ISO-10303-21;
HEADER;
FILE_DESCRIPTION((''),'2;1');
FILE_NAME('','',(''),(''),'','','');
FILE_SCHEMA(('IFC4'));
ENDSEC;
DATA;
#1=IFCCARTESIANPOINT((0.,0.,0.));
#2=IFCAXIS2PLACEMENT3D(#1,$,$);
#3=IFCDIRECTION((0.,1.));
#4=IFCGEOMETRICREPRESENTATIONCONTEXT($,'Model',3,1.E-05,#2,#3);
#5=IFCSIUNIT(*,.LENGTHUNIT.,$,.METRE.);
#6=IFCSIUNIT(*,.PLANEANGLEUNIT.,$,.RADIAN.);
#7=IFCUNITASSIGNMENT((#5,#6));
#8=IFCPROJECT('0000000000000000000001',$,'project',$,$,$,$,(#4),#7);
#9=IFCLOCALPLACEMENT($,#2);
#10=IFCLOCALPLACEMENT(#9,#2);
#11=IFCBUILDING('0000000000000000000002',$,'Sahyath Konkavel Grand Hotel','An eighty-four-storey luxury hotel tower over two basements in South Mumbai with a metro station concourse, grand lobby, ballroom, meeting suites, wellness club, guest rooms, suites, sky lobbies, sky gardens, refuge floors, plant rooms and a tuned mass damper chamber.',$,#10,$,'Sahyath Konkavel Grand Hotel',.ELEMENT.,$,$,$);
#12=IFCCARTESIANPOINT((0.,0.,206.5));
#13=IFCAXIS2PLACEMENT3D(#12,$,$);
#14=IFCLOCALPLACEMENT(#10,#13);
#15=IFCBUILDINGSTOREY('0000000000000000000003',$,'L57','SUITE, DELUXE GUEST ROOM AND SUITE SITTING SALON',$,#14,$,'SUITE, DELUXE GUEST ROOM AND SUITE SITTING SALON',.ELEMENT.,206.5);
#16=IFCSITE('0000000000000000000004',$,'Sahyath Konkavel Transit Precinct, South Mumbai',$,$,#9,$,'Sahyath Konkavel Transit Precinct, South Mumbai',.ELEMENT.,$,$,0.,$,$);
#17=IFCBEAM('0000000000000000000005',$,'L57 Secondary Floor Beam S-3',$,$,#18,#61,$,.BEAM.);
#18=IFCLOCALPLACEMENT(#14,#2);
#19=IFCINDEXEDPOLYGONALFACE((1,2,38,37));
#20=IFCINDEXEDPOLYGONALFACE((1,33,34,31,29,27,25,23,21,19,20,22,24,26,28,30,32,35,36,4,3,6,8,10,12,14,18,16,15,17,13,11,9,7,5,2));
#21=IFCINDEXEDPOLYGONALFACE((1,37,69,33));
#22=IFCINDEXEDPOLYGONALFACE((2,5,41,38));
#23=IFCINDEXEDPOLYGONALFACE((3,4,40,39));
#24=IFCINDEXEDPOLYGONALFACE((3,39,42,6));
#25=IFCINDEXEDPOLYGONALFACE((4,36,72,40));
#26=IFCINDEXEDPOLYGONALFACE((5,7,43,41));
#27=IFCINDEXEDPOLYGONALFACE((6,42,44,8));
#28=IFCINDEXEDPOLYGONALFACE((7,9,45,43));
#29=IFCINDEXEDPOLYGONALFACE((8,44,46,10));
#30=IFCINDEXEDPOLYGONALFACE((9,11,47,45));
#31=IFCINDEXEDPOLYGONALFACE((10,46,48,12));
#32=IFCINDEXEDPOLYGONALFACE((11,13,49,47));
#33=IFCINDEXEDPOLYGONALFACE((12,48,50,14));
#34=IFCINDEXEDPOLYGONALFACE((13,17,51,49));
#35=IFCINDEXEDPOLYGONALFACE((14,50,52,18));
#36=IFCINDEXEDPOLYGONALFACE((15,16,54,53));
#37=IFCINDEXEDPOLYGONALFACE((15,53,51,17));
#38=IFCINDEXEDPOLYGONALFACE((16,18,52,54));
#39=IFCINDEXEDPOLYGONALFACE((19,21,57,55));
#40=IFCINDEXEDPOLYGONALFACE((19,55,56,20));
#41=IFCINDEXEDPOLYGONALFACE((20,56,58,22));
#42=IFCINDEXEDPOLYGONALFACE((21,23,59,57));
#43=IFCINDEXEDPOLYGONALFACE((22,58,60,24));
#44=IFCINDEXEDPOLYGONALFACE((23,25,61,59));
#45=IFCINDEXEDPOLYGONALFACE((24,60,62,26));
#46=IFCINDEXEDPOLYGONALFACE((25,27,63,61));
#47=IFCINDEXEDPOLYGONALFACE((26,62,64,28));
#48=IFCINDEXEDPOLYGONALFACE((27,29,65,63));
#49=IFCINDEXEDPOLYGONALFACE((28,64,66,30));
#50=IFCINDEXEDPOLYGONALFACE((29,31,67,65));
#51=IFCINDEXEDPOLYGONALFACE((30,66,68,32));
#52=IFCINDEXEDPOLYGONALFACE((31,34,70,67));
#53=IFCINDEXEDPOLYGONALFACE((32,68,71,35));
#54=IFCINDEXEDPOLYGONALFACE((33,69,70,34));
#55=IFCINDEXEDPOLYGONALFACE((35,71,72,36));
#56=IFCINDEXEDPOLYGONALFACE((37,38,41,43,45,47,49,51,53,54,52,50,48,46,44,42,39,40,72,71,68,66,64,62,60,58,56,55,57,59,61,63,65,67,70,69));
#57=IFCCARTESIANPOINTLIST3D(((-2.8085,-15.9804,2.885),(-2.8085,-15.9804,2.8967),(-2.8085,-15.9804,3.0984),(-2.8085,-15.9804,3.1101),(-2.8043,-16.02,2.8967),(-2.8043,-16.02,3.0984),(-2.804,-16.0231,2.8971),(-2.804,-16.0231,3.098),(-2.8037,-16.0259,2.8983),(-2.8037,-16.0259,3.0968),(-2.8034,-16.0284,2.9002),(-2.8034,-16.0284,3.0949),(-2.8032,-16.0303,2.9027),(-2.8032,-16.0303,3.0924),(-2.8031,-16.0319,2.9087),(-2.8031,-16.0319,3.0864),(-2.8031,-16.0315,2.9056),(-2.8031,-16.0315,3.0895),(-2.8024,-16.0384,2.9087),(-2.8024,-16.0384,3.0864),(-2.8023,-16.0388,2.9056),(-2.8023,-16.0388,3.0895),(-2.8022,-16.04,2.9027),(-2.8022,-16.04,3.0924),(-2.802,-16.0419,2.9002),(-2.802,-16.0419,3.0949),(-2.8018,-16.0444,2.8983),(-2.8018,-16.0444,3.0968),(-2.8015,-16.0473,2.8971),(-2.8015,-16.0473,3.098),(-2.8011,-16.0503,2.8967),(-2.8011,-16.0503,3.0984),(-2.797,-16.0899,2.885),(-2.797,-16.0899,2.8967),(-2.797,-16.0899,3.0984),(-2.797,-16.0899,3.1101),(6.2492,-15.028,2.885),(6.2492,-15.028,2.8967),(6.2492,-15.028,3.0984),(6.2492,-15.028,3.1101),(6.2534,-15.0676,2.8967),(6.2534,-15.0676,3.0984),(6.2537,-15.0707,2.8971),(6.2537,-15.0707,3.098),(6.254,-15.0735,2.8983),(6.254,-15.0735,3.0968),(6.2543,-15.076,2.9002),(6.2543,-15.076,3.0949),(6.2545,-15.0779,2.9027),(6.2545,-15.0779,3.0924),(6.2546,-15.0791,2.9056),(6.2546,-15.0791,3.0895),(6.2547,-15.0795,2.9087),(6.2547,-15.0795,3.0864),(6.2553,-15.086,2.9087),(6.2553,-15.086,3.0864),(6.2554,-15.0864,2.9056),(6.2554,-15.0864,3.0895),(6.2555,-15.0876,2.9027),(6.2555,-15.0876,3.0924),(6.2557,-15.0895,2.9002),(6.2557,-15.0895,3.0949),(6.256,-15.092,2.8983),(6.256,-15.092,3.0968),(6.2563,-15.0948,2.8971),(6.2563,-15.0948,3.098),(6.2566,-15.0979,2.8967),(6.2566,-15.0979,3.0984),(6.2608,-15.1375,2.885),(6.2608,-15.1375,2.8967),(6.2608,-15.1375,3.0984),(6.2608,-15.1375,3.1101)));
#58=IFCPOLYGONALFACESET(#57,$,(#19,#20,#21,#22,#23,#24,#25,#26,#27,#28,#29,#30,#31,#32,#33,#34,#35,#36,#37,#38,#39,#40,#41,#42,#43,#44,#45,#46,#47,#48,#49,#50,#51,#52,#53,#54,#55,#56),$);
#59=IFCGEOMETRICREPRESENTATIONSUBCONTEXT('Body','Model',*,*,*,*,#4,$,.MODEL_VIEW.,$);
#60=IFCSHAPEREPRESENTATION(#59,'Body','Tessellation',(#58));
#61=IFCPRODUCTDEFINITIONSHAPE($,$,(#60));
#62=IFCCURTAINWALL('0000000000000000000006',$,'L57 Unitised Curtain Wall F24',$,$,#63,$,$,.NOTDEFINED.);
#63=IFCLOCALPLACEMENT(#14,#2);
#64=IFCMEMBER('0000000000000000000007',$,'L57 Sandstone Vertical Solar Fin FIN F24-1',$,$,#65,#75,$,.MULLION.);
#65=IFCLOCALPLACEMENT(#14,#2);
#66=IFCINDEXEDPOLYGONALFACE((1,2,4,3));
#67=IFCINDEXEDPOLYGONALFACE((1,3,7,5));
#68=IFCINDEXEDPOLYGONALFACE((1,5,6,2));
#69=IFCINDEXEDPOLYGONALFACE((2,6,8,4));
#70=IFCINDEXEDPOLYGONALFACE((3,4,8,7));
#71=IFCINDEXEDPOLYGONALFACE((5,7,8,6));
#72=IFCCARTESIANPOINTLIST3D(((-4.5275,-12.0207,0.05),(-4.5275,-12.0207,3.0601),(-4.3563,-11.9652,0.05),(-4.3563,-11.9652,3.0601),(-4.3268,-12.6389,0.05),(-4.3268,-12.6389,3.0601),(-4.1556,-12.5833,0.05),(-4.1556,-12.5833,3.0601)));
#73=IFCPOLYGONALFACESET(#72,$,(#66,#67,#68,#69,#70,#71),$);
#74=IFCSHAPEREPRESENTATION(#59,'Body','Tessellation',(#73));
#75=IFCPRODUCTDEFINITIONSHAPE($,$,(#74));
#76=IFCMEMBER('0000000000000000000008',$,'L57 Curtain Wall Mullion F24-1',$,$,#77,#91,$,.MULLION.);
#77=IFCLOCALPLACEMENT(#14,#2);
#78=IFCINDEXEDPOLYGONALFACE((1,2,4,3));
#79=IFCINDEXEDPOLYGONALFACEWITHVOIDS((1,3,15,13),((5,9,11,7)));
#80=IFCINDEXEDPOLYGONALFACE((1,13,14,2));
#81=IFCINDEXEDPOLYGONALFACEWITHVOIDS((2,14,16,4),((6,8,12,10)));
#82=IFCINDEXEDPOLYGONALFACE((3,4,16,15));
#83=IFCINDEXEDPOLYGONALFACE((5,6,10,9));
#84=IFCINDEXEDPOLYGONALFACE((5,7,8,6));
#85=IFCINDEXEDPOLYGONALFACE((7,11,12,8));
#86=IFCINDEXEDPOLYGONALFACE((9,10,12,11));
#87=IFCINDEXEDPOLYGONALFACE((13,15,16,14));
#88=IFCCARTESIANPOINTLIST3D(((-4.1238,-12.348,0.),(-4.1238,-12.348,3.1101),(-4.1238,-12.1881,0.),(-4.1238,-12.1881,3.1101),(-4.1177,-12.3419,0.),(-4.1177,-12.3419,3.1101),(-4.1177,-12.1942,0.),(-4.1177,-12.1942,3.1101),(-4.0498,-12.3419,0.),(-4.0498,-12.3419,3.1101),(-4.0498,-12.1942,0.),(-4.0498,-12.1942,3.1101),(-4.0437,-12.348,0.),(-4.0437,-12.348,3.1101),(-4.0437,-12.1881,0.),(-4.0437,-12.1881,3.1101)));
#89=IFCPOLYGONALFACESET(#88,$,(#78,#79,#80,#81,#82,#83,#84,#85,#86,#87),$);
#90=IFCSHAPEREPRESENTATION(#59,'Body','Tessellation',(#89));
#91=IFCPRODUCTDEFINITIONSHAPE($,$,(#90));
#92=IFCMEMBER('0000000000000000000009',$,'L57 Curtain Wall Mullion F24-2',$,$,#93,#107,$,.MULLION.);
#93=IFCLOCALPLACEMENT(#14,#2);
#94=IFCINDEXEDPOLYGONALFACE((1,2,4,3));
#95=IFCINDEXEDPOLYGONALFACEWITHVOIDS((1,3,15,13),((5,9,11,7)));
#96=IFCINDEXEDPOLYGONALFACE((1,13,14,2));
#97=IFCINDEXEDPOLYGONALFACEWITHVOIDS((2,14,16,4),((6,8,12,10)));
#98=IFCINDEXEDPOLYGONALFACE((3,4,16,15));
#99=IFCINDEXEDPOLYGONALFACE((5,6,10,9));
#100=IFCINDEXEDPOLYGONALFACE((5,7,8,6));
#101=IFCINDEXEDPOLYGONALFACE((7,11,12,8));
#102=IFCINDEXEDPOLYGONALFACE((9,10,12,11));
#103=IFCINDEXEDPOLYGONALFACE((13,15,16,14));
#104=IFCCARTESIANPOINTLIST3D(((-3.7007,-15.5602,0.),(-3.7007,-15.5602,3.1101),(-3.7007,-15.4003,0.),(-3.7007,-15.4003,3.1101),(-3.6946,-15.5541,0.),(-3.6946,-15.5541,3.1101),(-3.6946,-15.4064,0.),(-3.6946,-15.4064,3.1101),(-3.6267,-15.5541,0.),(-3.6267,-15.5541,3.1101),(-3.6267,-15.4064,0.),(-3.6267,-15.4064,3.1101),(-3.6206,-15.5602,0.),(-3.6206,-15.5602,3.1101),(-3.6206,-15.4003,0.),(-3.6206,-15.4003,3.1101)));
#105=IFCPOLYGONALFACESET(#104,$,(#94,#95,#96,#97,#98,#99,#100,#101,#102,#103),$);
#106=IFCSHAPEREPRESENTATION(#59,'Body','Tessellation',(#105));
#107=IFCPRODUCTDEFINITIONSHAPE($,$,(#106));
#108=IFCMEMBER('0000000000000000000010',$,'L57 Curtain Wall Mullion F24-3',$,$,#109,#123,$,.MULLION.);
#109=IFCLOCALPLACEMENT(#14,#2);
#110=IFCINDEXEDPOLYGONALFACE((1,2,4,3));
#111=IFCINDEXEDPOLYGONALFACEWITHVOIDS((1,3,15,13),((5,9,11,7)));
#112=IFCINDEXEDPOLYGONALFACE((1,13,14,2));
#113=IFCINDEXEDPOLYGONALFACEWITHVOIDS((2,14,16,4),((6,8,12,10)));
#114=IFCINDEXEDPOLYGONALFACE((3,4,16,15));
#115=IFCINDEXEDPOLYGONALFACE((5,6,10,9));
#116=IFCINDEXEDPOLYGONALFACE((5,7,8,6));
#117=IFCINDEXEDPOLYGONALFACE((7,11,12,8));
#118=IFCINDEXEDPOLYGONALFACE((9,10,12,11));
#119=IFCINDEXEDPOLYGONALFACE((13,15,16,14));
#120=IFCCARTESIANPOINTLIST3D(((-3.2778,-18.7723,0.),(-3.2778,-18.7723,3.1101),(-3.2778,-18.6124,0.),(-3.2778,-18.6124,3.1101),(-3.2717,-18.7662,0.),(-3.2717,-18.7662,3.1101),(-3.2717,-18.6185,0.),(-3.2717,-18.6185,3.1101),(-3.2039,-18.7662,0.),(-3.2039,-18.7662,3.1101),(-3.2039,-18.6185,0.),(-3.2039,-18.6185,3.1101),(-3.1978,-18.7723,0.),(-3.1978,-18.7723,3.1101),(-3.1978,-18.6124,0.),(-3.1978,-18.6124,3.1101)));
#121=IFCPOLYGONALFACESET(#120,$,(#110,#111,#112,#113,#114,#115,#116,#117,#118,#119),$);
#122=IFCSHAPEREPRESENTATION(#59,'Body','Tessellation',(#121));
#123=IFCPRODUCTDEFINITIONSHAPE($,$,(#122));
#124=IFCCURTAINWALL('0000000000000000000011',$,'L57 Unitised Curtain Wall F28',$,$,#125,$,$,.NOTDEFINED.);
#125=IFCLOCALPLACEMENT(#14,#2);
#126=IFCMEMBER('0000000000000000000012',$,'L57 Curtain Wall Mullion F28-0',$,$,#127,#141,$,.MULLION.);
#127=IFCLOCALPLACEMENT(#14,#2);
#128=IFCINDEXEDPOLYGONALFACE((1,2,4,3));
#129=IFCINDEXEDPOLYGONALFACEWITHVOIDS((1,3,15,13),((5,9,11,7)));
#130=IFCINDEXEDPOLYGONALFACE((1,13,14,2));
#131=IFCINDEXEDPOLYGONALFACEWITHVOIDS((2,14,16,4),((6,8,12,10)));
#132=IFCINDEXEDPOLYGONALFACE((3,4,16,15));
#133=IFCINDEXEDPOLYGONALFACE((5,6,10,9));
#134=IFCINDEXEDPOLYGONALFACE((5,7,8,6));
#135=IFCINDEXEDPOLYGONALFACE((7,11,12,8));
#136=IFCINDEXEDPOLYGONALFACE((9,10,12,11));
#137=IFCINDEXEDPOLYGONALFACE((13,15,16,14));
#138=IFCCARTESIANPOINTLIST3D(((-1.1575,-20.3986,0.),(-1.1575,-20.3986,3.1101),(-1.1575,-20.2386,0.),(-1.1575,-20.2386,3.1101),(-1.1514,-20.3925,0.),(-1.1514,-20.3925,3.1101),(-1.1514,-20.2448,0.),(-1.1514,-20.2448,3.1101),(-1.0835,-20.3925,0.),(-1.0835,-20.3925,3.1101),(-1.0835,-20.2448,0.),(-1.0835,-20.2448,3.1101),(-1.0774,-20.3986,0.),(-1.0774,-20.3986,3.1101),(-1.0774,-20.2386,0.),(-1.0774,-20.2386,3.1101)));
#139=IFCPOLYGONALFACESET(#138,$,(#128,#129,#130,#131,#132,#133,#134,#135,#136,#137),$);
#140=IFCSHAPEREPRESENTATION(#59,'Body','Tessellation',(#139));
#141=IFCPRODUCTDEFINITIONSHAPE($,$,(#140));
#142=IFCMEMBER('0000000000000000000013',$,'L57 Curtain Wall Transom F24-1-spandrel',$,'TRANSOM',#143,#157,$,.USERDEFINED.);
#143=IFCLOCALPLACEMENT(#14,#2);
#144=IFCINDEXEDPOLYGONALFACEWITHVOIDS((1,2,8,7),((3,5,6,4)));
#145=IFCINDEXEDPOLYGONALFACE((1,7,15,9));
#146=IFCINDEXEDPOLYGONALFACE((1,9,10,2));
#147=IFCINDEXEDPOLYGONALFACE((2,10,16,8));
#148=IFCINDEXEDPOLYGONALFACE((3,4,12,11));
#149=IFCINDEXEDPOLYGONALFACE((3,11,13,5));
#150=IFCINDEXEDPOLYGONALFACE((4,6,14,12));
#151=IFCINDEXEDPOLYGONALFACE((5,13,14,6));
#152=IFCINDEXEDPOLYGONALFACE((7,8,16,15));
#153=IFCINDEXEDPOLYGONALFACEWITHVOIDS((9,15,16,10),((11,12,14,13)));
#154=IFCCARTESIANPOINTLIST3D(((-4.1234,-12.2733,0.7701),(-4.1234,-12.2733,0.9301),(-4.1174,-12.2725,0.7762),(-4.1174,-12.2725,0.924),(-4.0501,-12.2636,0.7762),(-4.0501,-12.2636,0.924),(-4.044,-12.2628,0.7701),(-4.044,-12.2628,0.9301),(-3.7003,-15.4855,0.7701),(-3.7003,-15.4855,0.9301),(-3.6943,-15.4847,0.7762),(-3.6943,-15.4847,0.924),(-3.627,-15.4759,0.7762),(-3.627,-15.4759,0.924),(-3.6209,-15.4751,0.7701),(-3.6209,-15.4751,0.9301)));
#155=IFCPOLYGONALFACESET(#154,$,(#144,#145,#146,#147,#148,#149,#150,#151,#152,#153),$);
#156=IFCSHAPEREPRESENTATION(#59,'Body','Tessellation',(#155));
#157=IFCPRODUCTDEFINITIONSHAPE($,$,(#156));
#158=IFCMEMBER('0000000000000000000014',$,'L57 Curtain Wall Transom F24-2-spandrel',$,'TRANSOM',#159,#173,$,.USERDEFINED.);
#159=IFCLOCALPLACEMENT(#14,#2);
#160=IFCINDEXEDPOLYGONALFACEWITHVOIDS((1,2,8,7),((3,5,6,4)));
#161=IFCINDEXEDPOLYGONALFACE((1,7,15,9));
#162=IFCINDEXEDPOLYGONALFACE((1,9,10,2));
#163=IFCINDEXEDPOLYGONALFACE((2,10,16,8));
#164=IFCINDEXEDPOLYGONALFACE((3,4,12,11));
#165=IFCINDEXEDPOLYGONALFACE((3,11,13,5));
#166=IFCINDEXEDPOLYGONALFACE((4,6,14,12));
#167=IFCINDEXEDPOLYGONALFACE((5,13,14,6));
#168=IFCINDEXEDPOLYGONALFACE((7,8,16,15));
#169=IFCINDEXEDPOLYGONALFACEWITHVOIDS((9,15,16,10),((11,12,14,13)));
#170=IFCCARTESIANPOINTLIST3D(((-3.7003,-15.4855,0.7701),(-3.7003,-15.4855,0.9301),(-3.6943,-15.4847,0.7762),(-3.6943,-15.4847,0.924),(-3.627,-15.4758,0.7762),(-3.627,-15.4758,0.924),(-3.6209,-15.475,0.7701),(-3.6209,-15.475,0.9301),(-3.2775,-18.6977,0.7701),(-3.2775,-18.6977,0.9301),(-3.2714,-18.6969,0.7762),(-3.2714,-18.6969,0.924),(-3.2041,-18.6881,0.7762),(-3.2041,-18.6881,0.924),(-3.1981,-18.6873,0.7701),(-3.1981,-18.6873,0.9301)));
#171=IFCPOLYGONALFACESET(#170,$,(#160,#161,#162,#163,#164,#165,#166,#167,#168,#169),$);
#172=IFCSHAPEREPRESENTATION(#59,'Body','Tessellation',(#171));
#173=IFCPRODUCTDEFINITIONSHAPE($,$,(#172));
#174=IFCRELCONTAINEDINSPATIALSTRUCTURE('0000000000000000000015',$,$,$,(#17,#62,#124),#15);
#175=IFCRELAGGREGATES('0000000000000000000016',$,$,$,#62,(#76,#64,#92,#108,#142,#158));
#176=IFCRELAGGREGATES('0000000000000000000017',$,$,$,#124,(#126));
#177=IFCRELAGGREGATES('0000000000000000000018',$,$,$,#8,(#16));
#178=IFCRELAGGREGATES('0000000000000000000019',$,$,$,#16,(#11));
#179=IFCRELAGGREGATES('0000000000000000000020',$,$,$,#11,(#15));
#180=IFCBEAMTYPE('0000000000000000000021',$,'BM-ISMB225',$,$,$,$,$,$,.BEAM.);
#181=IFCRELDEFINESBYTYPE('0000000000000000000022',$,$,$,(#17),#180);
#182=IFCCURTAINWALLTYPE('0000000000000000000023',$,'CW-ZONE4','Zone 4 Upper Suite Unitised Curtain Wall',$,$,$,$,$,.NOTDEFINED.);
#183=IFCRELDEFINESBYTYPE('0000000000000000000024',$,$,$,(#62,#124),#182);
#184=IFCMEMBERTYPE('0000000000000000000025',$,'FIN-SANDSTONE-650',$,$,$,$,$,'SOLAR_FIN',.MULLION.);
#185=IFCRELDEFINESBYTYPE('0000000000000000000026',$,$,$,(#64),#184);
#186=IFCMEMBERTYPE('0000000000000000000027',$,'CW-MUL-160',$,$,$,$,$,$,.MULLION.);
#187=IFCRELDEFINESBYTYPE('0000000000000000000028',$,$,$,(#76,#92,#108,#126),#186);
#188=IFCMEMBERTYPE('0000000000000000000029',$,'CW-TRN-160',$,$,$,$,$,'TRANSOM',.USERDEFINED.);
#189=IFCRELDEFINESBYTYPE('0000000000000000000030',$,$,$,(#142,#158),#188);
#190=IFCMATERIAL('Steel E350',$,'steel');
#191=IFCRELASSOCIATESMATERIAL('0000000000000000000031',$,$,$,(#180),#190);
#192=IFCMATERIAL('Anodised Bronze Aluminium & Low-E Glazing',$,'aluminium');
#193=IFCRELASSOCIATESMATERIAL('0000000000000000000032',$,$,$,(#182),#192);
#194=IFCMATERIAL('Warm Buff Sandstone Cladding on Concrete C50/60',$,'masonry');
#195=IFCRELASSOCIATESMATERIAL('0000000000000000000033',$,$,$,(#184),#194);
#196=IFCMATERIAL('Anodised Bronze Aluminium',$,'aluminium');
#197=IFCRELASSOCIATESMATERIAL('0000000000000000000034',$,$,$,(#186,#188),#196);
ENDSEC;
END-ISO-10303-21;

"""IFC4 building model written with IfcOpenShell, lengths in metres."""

from ifc_helpers import new_model, si_unit, direction, frame, origin, origin_2d, place, context, subcontext, project, spatial, rectangle, hollow_rectangle, i_section, extrude, source, transform, mapped, material, material_profile, profile_set, type_object, element, aggregate, save


model = new_model("IFC4")

# Units and contexts
model_context = context("Model", 3, precision=1e-05, world=origin(), true_north=direction((0.0, 1.0)))
body_context = subcontext(model_context, "Body", "Model", "MODEL_VIEW")
ifc_project = project(units=[si_unit("LENGTHUNIT", "METRE"), si_unit("PLANEANGLEUNIT", "RADIAN")], contexts=[model_context])

# Site, building, storey
site_placement = place(None, origin())
site = spatial("IfcSite", under=ifc_project, at=site_placement, Name="Sahyath Konkavel Transit Precinct, South Mumbai", LongName="Sahyath Konkavel Transit Precinct, South Mumbai", CompositionType="ELEMENT", RefElevation=0.0)
building_placement = place(site_placement, origin())
building = spatial("IfcBuilding", under=site, at=building_placement, Name="Sahyath Konkavel Grand Hotel", Description="An eighty-four-storey luxury hotel tower over two basements in South Mumbai with a metro station concourse, grand lobby, ballroom, meeting suites, wellness club, guest rooms, suites, sky lobbies, sky gardens, refuge floors, plant rooms and a tuned mass damper chamber.", LongName="Sahyath Konkavel Grand Hotel", CompositionType="ELEMENT")
storey_placement = place(building_placement, frame((0.0, 0.0, 206.5)))
storey = spatial("IfcBuildingStorey", under=building, at=storey_placement, Name="L57", Description="SUITE, DELUXE GUEST ROOM AND SUITE SITTING SALON", LongName="SUITE, DELUXE GUEST ROOM AND SUITE SITTING SALON", CompositionType="ELEMENT", Elevation=206.5)

# Beam
ifc_material_1 = material(Name="Steel E350", Category="steel")
ifc_material_profile_1 = material_profile(ifc_material_1, i_section(OverallWidth=0.1101, OverallDepth=0.2251, WebThickness=0.0066, FlangeThickness=0.0117, FilletRadius=0.012, at=origin_2d()), Name="ISMB 225")
ifc_profile_set_1 = profile_set([ifc_material_profile_1], Name="Steel E350")
beam_type_1 = type_object("IfcBeamType", Name="BM-ISMB225", PredefinedType="BEAM", material=ifc_profile_set_1)
shared_shape_1 = source(origin(), body_context, "Body", "SweptSolid", [
    extrude(i_section(OverallWidth=0.1101, OverallDepth=0.2251, WebThickness=0.0066, FlangeThickness=0.0117, FilletRadius=0.012, at=origin_2d()), origin(), (0.0, 0.0, 1.0), 9.1077),
])
beam_1_placement = place(storey_placement, frame((-2.8027, -16.0352, 2.9976), z_axis=(0.994517, 0.104572, 0.0), x_axis=(-0.104572, 0.994517, 0.0)))
element("IfcBeam", 1, at=beam_1_placement, inside=storey, type_object=beam_type_1, Name="L57 Secondary Floor Beam S-3", PredefinedType="BEAM", context=body_context, shape_type="MappedRepresentation", body=[
    mapped(shared_shape_1, transform((0.0, 0.0, 0.0), scale=1.0)),
])

# Curtain wall, members
ifc_material_2 = material(Name="Anodised Bronze Aluminium & Low-E Glazing", Category="aluminium")
curtain_wall_type = type_object("IfcCurtainWallType", Name="CW-ZONE4", Description="Zone 4 Upper Suite Unitised Curtain Wall", PredefinedType="NOTDEFINED", material=ifc_material_2)
curtain_wall_1_placement = place(storey_placement, origin())
curtain_wall_1 = element("IfcCurtainWall", 2, at=curtain_wall_1_placement, inside=storey, type_object=curtain_wall_type, Name="L57 Unitised Curtain Wall F24", PredefinedType="NOTDEFINED")
ifc_material_3 = material(Name="Warm Buff Sandstone Cladding on Concrete C50/60", Category="masonry")
ifc_material_profile_2 = material_profile(ifc_material_3, rectangle(XDim=0.1799, YDim=0.6499, at=origin_2d()), Name="FIN 180x650")
ifc_profile_set_2 = profile_set([ifc_material_profile_2], Name="Warm Buff Sandstone Cladding on Concrete C50/60")
member_type_1 = type_object("IfcMemberType", Name="FIN-SANDSTONE-650", ElementType="SOLAR_FIN", PredefinedType="MULLION", material=ifc_profile_set_2)
shared_shape_2 = source(origin(), body_context, "Body", "SweptSolid", [
    extrude(rectangle(XDim=0.1799, YDim=0.6499, at=origin_2d()), origin(), (0.0, 0.0, 1.0), 3.01),
])
member_1_placement = place(storey_placement, frame((-4.3416, -12.302, 0.05), z_axis=(0.0, 0.0, 1.0), x_axis=(0.95111, 0.308851, 0.0)))
member_1 = element("IfcMember", 3, at=member_1_placement, type_object=member_type_1, Name="L57 Sandstone Vertical Solar Fin FIN F24-1", PredefinedType="MULLION", context=body_context, shape_type="MappedRepresentation", body=[
    mapped(shared_shape_2, transform((0.0, 0.0, 0.0), scale=1.0)),
])
ifc_material_4 = material(Name="Anodised Bronze Aluminium", Category="aluminium")
ifc_material_profile_3 = material_profile(ifc_material_4, hollow_rectangle(XDim=0.0801, YDim=0.1599, WallThickness=0.0061, at=origin_2d()), Name="RHS 160x80x6")
ifc_profile_set_3 = profile_set([ifc_material_profile_3], Name="Anodised Bronze Aluminium")
member_type_2 = type_object("IfcMemberType", Name="CW-MUL-160", PredefinedType="MULLION", material=ifc_profile_set_3)
shared_shape_3 = source(origin(), body_context, "Body", "SweptSolid", [
    extrude(hollow_rectangle(XDim=0.0801, YDim=0.1599, WallThickness=0.0061, at=origin_2d()), origin(), (0.0, 0.0, 1.0), 3.1101),
])
member_2_placement = place(storey_placement, frame((-4.0837, -12.2681, 0.0), z_axis=(0.0, 0.0, 1.0), x_axis=(1.0, 0.0, 0.0)))
member_2 = element("IfcMember", 4, at=member_2_placement, type_object=member_type_2, Name="L57 Curtain Wall Mullion F24-1", PredefinedType="MULLION", context=body_context, shape_type="MappedRepresentation", body=[
    mapped(shared_shape_3, transform((0.0, 0.0, 0.0), scale=1.0)),
])
member_3_placement = place(storey_placement, frame((-3.6606, -15.4802, 0.0), z_axis=(0.0, 0.0, 1.0), x_axis=(1.0, 0.0, 0.0)))
member_3 = element("IfcMember", 5, at=member_3_placement, type_object=member_type_2, Name="L57 Curtain Wall Mullion F24-2", PredefinedType="MULLION", context=body_context, shape_type="MappedRepresentation", body=[
    mapped(shared_shape_3, transform((0.0, 0.0, 0.0), scale=1.0)),
])
member_4_placement = place(storey_placement, frame((-3.2378, -18.6924, 0.0), z_axis=(0.0, 0.0, 1.0), x_axis=(1.0, 0.0, 0.0)))
member_4 = element("IfcMember", 6, at=member_4_placement, type_object=member_type_2, Name="L57 Curtain Wall Mullion F24-3", PredefinedType="MULLION", context=body_context, shape_type="MappedRepresentation", body=[
    mapped(shared_shape_3, transform((0.0, 0.0, 0.0), scale=1.0)),
])

# Curtain wall, member
curtain_wall_2_placement = place(storey_placement, origin())
curtain_wall_2 = element("IfcCurtainWall", 7, at=curtain_wall_2_placement, inside=storey, type_object=curtain_wall_type, Name="L57 Unitised Curtain Wall F28", PredefinedType="NOTDEFINED")
member_5_placement = place(storey_placement, frame((-1.1174, -20.3186, 0.0), z_axis=(0.0, 0.0, 1.0), x_axis=(1.0, 0.0, 0.0)))
member_5 = element("IfcMember", 8, at=member_5_placement, type_object=member_type_2, Name="L57 Curtain Wall Mullion F28-0", PredefinedType="MULLION", context=body_context, shape_type="MappedRepresentation", body=[
    mapped(shared_shape_3, transform((0.0, 0.0, 0.0), scale=1.0)),
])

# Members
ifc_material_profile_4 = material_profile(ifc_material_4, hollow_rectangle(XDim=0.0801, YDim=0.1599, WallThickness=0.0061, at=origin_2d()), Name="RHS 160x80x6")
ifc_profile_set_4 = profile_set([ifc_material_profile_4], Name="Anodised Bronze Aluminium")
member_type_3 = type_object("IfcMemberType", Name="CW-TRN-160", ElementType="TRANSOM", PredefinedType="USERDEFINED", material=ifc_profile_set_4)
shared_shape_4 = source(origin(), body_context, "Body", "SweptSolid", [
    extrude(hollow_rectangle(XDim=0.0801, YDim=0.1599, WallThickness=0.0061, at=origin_2d()), origin(), (0.0, 0.0, 1.0), 3.24),
])
member_6_placement = place(storey_placement, frame((-4.0837, -12.2681, 0.8501), z_axis=(0.130589, -0.991437, 0.0), x_axis=(0.991437, 0.130589, 0.0)))
member_6 = element("IfcMember", 9, at=member_6_placement, type_object=member_type_3, Name="L57 Curtain Wall Transom F24-1-spandrel", ObjectType="TRANSOM", PredefinedType="USERDEFINED", context=body_context, shape_type="MappedRepresentation", body=[
    mapped(shared_shape_4, transform((0.0, 0.0, 0.0), scale=1.0)),
])
member_7_placement = place(storey_placement, frame((-3.6606, -15.4802, 0.8501), z_axis=(0.130515, -0.991446, 0.0), x_axis=(0.991446, 0.130515, 0.0)))
member_7 = element("IfcMember", 10, at=member_7_placement, type_object=member_type_3, Name="L57 Curtain Wall Transom F24-2-spandrel", ObjectType="TRANSOM", PredefinedType="USERDEFINED", context=body_context, shape_type="MappedRepresentation", body=[
    mapped(shared_shape_4, transform((0.0, 0.0, 0.0), scale=1.0)),
])

aggregate(curtain_wall_1, [member_2, member_1, member_3, member_4, member_6, member_7])
aggregate(curtain_wall_2, [member_5])

save(model, "model.ifc")
